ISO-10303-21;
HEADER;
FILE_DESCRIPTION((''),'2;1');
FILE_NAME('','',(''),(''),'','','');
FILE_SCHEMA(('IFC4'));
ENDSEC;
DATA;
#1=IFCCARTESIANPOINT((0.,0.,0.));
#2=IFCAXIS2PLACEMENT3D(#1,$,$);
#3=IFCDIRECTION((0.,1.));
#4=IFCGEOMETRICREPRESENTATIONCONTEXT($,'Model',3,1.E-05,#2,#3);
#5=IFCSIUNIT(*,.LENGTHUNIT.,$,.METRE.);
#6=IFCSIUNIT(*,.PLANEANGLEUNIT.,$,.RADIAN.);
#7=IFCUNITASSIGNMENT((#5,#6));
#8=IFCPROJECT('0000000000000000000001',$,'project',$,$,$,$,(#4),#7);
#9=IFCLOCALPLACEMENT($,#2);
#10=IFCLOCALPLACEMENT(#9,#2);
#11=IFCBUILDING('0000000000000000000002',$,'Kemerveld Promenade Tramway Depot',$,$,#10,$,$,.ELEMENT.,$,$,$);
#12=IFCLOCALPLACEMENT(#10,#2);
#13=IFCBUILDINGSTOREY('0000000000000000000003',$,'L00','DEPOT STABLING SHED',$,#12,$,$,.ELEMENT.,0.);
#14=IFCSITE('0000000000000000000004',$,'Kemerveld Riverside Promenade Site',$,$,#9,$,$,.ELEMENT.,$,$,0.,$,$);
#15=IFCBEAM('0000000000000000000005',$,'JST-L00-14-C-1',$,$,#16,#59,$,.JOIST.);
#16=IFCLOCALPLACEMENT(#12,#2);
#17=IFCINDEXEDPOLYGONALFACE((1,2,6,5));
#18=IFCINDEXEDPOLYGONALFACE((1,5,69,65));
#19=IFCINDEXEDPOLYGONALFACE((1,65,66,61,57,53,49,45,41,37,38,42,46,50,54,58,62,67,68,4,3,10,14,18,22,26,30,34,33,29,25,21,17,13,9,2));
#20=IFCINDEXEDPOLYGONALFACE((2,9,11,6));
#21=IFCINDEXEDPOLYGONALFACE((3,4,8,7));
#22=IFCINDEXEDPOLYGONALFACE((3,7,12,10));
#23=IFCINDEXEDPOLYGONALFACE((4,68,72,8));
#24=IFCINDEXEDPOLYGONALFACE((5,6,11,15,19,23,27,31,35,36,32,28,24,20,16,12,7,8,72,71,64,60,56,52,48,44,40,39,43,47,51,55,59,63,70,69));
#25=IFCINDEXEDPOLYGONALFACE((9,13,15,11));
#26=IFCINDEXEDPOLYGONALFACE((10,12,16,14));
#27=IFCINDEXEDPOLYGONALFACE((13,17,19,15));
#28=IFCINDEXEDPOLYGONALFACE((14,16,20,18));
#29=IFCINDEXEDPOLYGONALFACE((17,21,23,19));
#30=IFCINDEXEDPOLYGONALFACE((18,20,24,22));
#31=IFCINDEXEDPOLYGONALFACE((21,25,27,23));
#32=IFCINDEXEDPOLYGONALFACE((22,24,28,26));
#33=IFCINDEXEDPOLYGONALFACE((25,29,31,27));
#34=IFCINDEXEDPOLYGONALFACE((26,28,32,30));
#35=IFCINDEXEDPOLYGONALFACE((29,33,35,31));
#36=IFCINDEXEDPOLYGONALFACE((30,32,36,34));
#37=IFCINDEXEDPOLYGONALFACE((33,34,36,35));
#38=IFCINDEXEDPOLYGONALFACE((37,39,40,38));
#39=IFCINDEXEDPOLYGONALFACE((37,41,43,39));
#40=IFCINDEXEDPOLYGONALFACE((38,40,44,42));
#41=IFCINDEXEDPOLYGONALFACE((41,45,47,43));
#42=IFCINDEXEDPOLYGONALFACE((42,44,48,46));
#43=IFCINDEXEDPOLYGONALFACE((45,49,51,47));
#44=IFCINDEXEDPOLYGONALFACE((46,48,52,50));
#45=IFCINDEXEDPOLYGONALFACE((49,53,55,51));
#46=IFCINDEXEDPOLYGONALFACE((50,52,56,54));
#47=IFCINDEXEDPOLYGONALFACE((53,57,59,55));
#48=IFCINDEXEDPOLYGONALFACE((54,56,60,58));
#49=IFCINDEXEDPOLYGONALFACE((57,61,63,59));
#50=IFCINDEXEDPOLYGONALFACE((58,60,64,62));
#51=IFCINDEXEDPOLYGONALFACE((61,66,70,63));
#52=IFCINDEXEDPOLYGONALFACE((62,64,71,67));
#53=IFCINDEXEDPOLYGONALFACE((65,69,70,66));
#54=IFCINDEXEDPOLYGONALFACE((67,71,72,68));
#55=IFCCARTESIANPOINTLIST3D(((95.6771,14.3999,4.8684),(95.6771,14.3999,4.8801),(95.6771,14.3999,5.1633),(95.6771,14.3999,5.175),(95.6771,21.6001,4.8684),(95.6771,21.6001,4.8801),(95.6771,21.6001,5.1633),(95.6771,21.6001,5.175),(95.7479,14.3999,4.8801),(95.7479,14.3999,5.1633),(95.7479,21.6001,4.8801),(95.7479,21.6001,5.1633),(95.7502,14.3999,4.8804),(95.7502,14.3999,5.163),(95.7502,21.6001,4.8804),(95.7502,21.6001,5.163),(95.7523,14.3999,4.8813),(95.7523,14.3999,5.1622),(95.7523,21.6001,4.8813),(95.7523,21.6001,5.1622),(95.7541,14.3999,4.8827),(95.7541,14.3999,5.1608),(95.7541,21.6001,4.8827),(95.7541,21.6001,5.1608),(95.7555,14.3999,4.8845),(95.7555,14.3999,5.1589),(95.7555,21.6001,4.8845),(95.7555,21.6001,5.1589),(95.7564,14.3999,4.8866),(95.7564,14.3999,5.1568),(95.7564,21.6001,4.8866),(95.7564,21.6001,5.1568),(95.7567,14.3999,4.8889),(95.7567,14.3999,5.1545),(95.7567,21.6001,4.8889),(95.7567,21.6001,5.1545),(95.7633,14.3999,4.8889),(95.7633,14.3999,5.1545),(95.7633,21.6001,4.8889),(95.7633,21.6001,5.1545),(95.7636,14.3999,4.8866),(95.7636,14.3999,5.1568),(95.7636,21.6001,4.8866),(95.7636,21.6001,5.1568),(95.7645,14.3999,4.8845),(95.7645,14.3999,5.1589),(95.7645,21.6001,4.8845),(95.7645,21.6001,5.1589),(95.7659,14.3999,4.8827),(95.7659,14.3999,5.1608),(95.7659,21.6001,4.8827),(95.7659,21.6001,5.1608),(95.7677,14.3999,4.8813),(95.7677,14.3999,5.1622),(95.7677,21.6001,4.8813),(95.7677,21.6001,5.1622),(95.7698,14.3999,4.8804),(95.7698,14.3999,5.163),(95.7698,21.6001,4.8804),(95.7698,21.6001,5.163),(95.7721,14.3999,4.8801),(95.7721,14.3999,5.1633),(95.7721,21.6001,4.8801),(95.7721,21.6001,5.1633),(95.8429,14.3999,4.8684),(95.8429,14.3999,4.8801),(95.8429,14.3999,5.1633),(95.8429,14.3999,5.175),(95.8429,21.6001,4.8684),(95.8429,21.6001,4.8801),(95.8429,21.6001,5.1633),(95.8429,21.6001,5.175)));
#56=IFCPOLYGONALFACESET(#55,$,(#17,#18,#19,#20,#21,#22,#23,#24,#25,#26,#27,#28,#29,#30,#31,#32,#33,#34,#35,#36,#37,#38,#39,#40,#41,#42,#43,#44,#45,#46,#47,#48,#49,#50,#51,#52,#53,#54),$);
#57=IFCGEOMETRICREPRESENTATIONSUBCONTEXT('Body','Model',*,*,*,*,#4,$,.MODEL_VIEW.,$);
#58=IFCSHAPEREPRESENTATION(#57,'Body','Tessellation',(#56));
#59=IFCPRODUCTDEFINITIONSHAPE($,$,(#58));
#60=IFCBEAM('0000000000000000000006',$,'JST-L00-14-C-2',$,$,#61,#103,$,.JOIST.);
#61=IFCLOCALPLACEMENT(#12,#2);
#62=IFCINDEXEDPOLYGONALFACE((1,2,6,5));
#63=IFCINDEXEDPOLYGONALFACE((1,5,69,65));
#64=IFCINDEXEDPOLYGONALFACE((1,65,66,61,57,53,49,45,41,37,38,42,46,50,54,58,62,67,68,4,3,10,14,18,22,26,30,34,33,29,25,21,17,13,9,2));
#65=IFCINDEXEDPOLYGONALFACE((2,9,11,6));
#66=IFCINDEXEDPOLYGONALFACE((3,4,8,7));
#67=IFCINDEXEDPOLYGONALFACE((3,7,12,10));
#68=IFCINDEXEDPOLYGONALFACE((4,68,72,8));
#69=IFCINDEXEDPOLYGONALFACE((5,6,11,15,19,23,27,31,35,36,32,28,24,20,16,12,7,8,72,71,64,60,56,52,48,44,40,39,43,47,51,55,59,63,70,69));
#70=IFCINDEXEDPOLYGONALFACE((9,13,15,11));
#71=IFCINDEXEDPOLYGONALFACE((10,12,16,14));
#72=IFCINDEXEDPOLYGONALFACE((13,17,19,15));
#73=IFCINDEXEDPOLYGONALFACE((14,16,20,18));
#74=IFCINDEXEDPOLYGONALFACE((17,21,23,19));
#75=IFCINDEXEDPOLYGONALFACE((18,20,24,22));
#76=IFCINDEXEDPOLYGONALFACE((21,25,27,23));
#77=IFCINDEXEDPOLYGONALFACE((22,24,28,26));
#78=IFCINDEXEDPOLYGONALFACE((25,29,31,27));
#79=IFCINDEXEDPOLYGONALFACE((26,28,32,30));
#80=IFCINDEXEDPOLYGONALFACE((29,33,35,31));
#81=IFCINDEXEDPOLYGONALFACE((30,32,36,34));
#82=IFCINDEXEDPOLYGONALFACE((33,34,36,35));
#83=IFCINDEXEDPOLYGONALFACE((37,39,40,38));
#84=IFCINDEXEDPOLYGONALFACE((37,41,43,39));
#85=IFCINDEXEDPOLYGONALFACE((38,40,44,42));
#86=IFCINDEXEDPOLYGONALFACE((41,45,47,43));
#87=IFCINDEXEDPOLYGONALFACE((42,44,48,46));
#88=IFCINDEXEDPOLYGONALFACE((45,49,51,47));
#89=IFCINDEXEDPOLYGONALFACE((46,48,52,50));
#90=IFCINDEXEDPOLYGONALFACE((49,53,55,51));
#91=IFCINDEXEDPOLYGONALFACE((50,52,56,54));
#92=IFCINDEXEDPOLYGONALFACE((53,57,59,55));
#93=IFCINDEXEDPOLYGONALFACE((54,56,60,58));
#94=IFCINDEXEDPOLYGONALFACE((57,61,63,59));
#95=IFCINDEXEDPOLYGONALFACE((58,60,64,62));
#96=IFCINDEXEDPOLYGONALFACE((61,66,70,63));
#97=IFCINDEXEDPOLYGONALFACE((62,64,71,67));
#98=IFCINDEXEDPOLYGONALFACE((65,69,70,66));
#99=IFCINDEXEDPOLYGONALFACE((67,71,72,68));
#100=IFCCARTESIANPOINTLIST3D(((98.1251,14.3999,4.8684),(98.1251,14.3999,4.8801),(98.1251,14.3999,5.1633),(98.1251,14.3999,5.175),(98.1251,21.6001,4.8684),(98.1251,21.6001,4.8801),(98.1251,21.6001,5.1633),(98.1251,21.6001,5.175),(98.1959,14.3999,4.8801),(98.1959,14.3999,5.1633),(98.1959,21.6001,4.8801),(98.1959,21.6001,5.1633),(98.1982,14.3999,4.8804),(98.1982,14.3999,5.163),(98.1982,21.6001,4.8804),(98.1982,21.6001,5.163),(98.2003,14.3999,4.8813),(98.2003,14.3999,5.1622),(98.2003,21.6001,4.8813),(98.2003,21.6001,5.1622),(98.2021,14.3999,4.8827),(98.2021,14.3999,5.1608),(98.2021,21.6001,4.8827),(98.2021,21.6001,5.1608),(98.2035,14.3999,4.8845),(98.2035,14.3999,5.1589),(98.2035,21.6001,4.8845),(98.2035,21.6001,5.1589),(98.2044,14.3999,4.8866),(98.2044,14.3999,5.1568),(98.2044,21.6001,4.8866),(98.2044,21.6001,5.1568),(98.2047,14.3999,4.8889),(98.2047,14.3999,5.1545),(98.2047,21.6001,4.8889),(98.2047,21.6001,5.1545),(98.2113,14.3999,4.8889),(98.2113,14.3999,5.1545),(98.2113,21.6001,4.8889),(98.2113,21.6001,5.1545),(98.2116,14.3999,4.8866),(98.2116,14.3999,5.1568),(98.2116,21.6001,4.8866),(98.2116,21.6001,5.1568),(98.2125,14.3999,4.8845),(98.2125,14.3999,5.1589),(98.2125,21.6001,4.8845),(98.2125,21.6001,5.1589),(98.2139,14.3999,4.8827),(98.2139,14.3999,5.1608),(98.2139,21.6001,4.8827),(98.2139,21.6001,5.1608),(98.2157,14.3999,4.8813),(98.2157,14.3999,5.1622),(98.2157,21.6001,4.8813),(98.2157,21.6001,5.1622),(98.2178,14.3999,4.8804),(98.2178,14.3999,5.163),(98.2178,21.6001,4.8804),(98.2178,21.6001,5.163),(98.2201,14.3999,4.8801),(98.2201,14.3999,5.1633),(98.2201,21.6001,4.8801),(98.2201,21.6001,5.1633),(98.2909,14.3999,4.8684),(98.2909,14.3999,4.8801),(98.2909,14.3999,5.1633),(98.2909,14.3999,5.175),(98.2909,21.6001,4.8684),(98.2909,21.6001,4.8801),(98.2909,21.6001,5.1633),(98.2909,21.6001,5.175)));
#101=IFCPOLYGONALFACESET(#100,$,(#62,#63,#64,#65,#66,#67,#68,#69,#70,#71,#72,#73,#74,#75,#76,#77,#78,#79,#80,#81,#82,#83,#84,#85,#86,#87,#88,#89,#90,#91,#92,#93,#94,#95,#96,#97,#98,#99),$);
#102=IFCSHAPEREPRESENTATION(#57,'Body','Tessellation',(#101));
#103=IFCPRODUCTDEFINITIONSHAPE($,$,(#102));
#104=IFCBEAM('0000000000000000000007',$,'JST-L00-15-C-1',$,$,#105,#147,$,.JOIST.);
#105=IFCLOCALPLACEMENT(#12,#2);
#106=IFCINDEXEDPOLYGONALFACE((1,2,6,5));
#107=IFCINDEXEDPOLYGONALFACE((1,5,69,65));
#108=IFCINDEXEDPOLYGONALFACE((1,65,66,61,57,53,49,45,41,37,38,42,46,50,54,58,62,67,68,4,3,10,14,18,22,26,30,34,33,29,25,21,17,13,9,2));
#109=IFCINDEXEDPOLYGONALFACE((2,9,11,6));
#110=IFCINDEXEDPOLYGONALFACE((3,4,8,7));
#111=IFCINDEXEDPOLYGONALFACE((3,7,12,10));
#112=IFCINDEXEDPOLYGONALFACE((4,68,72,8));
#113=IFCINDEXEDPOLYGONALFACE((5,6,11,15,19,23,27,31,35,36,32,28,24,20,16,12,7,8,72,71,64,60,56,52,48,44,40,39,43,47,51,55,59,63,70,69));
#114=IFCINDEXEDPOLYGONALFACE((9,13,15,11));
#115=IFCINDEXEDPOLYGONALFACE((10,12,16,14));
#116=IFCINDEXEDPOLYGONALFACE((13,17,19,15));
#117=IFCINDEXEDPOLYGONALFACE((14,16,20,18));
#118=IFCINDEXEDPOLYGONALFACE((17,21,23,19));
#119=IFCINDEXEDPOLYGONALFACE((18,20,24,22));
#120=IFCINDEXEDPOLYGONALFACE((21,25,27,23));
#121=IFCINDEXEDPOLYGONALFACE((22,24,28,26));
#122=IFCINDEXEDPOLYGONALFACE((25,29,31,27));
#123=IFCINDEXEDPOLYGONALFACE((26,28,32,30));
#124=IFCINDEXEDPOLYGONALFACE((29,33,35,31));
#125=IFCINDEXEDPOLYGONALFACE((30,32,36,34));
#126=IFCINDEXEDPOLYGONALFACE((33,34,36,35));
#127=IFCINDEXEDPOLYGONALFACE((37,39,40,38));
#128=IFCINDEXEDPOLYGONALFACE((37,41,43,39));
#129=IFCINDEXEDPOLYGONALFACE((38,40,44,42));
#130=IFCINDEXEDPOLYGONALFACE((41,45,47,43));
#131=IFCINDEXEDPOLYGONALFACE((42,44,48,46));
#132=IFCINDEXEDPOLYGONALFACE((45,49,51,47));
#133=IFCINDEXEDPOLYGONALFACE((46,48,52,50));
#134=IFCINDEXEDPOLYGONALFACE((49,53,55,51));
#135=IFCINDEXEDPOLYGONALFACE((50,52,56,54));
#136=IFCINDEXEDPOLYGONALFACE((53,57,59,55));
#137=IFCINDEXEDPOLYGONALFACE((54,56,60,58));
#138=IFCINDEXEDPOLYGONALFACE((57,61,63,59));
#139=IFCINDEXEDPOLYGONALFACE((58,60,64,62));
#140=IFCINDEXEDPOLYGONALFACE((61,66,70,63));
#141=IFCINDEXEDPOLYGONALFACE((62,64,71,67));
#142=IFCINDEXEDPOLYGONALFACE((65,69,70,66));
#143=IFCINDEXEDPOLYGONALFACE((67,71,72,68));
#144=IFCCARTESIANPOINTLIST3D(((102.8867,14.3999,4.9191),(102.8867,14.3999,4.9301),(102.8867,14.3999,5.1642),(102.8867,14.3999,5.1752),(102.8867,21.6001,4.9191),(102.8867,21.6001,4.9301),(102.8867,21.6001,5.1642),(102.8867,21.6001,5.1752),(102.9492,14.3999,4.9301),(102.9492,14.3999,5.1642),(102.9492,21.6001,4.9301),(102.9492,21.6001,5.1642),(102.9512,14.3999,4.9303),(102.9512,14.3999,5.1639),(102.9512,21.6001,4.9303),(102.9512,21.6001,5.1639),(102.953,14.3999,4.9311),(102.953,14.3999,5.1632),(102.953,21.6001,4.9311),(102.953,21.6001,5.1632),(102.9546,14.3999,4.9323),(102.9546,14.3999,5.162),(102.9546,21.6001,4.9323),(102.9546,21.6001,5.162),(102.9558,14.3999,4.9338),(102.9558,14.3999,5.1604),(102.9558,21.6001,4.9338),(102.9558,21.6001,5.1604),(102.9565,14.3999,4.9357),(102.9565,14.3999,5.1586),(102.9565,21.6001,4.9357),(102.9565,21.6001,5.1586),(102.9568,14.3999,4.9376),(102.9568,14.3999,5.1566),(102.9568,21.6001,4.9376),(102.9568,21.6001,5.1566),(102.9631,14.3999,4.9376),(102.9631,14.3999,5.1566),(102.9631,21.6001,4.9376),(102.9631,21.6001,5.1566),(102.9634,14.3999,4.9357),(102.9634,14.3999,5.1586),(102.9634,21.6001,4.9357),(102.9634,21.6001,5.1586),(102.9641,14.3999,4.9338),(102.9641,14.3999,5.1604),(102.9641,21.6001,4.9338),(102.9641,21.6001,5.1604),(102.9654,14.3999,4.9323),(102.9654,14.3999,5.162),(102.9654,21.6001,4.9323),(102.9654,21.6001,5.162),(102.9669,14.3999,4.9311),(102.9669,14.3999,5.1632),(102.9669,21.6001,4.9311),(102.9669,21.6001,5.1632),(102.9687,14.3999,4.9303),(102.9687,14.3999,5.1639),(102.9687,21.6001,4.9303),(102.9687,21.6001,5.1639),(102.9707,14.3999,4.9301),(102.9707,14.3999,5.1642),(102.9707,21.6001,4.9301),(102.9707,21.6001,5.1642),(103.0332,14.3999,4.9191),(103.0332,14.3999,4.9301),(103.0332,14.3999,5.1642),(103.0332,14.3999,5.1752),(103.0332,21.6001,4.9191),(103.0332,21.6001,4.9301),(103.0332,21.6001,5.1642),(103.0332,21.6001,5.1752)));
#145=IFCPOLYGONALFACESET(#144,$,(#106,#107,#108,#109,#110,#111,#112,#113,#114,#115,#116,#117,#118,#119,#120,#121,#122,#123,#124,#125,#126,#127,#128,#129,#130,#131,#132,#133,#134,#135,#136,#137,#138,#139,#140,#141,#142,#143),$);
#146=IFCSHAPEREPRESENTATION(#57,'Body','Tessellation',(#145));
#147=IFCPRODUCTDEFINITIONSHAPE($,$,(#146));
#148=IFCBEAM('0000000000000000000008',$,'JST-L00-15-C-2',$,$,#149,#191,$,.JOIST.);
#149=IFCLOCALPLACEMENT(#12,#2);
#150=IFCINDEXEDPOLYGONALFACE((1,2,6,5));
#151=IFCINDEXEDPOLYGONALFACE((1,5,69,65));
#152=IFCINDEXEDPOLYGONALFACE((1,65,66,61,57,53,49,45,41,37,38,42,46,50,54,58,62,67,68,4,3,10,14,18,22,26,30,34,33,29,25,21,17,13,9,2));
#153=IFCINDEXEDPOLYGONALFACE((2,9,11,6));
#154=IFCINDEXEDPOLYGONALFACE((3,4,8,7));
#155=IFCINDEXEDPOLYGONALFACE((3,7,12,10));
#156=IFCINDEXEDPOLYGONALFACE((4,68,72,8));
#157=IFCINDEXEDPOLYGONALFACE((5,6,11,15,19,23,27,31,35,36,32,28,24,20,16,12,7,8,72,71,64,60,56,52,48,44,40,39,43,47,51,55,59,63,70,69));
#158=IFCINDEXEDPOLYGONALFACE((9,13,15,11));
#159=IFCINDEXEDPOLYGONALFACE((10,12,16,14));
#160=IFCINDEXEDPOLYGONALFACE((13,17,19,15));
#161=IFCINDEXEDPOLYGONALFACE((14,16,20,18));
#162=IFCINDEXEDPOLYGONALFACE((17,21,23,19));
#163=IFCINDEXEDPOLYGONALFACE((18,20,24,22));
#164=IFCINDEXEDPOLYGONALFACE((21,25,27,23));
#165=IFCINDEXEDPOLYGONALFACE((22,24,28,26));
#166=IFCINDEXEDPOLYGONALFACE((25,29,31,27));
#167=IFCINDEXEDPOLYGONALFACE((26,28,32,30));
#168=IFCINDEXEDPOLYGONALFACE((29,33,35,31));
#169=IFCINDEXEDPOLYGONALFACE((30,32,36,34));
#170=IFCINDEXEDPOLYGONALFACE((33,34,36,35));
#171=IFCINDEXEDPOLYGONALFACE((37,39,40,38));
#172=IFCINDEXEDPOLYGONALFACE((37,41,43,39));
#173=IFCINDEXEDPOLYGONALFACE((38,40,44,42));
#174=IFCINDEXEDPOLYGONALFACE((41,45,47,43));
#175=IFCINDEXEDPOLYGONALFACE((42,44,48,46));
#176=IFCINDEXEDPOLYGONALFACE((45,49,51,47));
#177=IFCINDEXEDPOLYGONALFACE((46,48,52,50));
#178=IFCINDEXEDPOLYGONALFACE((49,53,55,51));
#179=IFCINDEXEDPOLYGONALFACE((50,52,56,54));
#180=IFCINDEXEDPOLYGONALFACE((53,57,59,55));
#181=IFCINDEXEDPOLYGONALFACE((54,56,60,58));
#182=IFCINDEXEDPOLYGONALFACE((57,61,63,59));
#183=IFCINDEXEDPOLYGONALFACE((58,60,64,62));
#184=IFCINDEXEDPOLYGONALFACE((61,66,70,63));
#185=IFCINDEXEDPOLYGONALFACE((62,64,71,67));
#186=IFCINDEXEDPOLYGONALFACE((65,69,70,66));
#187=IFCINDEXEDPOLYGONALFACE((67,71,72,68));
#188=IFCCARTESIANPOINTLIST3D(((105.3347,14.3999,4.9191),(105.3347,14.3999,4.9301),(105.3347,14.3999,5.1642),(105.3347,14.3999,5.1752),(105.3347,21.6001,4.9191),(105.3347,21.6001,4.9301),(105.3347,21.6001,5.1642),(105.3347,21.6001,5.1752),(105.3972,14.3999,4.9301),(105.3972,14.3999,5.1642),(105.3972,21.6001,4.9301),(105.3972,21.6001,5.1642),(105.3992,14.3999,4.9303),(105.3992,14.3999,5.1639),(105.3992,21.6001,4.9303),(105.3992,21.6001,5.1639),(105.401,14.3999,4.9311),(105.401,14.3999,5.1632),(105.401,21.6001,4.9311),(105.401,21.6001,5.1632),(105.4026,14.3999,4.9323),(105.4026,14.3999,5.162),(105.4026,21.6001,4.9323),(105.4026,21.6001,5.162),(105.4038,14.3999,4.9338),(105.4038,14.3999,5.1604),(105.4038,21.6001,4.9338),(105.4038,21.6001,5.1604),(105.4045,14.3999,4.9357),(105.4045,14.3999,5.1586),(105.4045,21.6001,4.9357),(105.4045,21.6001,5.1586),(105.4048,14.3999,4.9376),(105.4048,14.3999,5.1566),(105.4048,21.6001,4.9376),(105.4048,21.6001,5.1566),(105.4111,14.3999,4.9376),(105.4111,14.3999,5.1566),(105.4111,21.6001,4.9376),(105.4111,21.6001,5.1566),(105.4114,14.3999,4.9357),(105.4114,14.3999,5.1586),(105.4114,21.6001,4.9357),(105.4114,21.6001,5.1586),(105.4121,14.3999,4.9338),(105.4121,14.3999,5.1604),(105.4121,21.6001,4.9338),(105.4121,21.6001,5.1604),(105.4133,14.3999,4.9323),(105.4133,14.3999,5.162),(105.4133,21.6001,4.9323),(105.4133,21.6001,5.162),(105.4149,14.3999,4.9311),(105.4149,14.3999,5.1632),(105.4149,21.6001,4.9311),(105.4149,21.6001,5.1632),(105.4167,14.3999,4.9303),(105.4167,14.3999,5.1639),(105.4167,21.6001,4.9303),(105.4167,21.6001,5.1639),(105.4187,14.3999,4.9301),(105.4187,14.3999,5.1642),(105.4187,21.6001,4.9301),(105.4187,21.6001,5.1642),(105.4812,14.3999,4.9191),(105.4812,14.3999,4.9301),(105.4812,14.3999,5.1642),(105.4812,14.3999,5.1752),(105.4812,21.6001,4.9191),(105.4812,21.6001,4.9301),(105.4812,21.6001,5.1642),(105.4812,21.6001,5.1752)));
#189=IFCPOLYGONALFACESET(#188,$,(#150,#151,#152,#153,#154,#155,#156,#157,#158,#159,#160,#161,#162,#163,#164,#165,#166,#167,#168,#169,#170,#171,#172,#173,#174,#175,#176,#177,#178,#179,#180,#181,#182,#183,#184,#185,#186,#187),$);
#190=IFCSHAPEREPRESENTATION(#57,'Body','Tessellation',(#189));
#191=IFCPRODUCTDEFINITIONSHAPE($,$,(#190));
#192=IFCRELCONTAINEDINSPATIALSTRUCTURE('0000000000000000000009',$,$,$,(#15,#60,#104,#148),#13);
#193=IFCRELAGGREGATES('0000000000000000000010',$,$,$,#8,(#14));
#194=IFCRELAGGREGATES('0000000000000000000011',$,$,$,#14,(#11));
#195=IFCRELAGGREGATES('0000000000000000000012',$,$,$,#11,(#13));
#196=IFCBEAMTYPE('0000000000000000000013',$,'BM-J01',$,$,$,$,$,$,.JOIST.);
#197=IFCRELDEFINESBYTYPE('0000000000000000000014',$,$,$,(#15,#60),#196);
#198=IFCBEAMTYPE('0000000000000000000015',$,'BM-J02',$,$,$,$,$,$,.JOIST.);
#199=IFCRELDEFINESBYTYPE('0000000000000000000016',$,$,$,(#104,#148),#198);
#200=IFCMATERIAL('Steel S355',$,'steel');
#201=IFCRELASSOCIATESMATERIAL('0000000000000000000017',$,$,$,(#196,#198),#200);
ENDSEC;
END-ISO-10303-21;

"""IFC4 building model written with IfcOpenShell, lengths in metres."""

from ifc_helpers import new_model, si_unit, direction, frame, origin, origin_2d, place, context, subcontext, project, spatial, i_section, extrude, material, material_profile, profile_set, type_object, element, save


model = new_model("IFC4")

# Units and contexts
model_context = context("Model", 3, precision=1e-05, world=origin(), true_north=direction((0.0, 1.0)))
body_context = subcontext(model_context, "Body", "Model", "MODEL_VIEW")
ifc_project = project(units=[si_unit("LENGTHUNIT", "METRE"), si_unit("PLANEANGLEUNIT", "RADIAN")], contexts=[model_context])

# Site, building, storey
site_placement = place(None, origin())
site = spatial("IfcSite", under=ifc_project, at=site_placement, Name="Kemerveld Riverside Promenade Site", CompositionType="ELEMENT", RefElevation=0.0)
building_placement = place(site_placement, origin())
building = spatial("IfcBuilding", under=site, at=building_placement, Name="Kemerveld Promenade Tramway Depot", CompositionType="ELEMENT")
storey_placement = place(building_placement, origin())
storey = spatial("IfcBuildingStorey", under=building, at=storey_placement, Name="L00", Description="DEPOT STABLING SHED", CompositionType="ELEMENT", Elevation=0.0)

# Shared definitions
ifc_material_1 = material(Name="Steel S355", Category="steel")

# Beams
ifc_material_profile_1 = material_profile(ifc_material_1, i_section(OverallWidth=0.1658, OverallDepth=0.3066, WebThickness=0.0066, FlangeThickness=0.0117, FilletRadius=0.0088, at=origin_2d()), Name="305x165x46 UB")
ifc_profile_set_1 = profile_set([ifc_material_profile_1], Name="Steel S355")
beam_type_1 = type_object("IfcBeamType", Name="BM-J01", PredefinedType="JOIST", material=ifc_profile_set_1)
for number, where, z_axis, x_axis, name in (
    (1, (95.76, 14.3999, 5.0217), (0.0, 1.0, 0.0), (-1.0, 0.0, 0.0), "JST-L00-14-C-1"),
    (2, (98.208, 14.3999, 5.0217), (0.0, 1.0, 0.0), (-1.0, 0.0, 0.0), "JST-L00-14-C-2"),
):
    element("IfcBeam", number, at=place(storey_placement, frame(where, z_axis=z_axis, x_axis=x_axis)), inside=storey, type_object=beam_type_1, Name=name, PredefinedType="JOIST", context=body_context, shape_type="SweptSolid", body=[
        extrude(i_section(OverallWidth=0.1658, OverallDepth=0.3066, WebThickness=0.0066, FlangeThickness=0.0117, FilletRadius=0.0088, at=origin_2d()), origin(), (0.0, 0.0, 1.0), 7.2002),
    ])
ifc_material_profile_2 = material_profile(ifc_material_1, i_section(OverallWidth=0.1465, OverallDepth=0.2561, WebThickness=0.0063, FlangeThickness=0.011, FilletRadius=0.0076, at=origin_2d()), Name="254x146x37 UB")
ifc_profile_set_2 = profile_set([ifc_material_profile_2], Name="Steel S355")
beam_type_2 = type_object("IfcBeamType", Name="BM-J02", PredefinedType="JOIST", material=ifc_profile_set_2)
for number, where, z_axis, x_axis, name in (
    (3, (102.96, 14.3999, 5.0471), (0.0, 1.0, 0.0), (-1.0, 0.0, 0.0), "JST-L00-15-C-1"),
    (4, (105.408, 14.3999, 5.0471), (0.0, 1.0, 0.0), (-1.0, 0.0, 0.0), "JST-L00-15-C-2"),
):
    element("IfcBeam", number, at=place(storey_placement, frame(where, z_axis=z_axis, x_axis=x_axis)), inside=storey, type_object=beam_type_2, Name=name, PredefinedType="JOIST", context=body_context, shape_type="SweptSolid", body=[
        extrude(i_section(OverallWidth=0.1465, OverallDepth=0.2561, WebThickness=0.0063, FlangeThickness=0.011, FilletRadius=0.0076, at=origin_2d()), origin(), (0.0, 0.0, 1.0), 7.2002),
    ])

save(model, "model.ifc")
